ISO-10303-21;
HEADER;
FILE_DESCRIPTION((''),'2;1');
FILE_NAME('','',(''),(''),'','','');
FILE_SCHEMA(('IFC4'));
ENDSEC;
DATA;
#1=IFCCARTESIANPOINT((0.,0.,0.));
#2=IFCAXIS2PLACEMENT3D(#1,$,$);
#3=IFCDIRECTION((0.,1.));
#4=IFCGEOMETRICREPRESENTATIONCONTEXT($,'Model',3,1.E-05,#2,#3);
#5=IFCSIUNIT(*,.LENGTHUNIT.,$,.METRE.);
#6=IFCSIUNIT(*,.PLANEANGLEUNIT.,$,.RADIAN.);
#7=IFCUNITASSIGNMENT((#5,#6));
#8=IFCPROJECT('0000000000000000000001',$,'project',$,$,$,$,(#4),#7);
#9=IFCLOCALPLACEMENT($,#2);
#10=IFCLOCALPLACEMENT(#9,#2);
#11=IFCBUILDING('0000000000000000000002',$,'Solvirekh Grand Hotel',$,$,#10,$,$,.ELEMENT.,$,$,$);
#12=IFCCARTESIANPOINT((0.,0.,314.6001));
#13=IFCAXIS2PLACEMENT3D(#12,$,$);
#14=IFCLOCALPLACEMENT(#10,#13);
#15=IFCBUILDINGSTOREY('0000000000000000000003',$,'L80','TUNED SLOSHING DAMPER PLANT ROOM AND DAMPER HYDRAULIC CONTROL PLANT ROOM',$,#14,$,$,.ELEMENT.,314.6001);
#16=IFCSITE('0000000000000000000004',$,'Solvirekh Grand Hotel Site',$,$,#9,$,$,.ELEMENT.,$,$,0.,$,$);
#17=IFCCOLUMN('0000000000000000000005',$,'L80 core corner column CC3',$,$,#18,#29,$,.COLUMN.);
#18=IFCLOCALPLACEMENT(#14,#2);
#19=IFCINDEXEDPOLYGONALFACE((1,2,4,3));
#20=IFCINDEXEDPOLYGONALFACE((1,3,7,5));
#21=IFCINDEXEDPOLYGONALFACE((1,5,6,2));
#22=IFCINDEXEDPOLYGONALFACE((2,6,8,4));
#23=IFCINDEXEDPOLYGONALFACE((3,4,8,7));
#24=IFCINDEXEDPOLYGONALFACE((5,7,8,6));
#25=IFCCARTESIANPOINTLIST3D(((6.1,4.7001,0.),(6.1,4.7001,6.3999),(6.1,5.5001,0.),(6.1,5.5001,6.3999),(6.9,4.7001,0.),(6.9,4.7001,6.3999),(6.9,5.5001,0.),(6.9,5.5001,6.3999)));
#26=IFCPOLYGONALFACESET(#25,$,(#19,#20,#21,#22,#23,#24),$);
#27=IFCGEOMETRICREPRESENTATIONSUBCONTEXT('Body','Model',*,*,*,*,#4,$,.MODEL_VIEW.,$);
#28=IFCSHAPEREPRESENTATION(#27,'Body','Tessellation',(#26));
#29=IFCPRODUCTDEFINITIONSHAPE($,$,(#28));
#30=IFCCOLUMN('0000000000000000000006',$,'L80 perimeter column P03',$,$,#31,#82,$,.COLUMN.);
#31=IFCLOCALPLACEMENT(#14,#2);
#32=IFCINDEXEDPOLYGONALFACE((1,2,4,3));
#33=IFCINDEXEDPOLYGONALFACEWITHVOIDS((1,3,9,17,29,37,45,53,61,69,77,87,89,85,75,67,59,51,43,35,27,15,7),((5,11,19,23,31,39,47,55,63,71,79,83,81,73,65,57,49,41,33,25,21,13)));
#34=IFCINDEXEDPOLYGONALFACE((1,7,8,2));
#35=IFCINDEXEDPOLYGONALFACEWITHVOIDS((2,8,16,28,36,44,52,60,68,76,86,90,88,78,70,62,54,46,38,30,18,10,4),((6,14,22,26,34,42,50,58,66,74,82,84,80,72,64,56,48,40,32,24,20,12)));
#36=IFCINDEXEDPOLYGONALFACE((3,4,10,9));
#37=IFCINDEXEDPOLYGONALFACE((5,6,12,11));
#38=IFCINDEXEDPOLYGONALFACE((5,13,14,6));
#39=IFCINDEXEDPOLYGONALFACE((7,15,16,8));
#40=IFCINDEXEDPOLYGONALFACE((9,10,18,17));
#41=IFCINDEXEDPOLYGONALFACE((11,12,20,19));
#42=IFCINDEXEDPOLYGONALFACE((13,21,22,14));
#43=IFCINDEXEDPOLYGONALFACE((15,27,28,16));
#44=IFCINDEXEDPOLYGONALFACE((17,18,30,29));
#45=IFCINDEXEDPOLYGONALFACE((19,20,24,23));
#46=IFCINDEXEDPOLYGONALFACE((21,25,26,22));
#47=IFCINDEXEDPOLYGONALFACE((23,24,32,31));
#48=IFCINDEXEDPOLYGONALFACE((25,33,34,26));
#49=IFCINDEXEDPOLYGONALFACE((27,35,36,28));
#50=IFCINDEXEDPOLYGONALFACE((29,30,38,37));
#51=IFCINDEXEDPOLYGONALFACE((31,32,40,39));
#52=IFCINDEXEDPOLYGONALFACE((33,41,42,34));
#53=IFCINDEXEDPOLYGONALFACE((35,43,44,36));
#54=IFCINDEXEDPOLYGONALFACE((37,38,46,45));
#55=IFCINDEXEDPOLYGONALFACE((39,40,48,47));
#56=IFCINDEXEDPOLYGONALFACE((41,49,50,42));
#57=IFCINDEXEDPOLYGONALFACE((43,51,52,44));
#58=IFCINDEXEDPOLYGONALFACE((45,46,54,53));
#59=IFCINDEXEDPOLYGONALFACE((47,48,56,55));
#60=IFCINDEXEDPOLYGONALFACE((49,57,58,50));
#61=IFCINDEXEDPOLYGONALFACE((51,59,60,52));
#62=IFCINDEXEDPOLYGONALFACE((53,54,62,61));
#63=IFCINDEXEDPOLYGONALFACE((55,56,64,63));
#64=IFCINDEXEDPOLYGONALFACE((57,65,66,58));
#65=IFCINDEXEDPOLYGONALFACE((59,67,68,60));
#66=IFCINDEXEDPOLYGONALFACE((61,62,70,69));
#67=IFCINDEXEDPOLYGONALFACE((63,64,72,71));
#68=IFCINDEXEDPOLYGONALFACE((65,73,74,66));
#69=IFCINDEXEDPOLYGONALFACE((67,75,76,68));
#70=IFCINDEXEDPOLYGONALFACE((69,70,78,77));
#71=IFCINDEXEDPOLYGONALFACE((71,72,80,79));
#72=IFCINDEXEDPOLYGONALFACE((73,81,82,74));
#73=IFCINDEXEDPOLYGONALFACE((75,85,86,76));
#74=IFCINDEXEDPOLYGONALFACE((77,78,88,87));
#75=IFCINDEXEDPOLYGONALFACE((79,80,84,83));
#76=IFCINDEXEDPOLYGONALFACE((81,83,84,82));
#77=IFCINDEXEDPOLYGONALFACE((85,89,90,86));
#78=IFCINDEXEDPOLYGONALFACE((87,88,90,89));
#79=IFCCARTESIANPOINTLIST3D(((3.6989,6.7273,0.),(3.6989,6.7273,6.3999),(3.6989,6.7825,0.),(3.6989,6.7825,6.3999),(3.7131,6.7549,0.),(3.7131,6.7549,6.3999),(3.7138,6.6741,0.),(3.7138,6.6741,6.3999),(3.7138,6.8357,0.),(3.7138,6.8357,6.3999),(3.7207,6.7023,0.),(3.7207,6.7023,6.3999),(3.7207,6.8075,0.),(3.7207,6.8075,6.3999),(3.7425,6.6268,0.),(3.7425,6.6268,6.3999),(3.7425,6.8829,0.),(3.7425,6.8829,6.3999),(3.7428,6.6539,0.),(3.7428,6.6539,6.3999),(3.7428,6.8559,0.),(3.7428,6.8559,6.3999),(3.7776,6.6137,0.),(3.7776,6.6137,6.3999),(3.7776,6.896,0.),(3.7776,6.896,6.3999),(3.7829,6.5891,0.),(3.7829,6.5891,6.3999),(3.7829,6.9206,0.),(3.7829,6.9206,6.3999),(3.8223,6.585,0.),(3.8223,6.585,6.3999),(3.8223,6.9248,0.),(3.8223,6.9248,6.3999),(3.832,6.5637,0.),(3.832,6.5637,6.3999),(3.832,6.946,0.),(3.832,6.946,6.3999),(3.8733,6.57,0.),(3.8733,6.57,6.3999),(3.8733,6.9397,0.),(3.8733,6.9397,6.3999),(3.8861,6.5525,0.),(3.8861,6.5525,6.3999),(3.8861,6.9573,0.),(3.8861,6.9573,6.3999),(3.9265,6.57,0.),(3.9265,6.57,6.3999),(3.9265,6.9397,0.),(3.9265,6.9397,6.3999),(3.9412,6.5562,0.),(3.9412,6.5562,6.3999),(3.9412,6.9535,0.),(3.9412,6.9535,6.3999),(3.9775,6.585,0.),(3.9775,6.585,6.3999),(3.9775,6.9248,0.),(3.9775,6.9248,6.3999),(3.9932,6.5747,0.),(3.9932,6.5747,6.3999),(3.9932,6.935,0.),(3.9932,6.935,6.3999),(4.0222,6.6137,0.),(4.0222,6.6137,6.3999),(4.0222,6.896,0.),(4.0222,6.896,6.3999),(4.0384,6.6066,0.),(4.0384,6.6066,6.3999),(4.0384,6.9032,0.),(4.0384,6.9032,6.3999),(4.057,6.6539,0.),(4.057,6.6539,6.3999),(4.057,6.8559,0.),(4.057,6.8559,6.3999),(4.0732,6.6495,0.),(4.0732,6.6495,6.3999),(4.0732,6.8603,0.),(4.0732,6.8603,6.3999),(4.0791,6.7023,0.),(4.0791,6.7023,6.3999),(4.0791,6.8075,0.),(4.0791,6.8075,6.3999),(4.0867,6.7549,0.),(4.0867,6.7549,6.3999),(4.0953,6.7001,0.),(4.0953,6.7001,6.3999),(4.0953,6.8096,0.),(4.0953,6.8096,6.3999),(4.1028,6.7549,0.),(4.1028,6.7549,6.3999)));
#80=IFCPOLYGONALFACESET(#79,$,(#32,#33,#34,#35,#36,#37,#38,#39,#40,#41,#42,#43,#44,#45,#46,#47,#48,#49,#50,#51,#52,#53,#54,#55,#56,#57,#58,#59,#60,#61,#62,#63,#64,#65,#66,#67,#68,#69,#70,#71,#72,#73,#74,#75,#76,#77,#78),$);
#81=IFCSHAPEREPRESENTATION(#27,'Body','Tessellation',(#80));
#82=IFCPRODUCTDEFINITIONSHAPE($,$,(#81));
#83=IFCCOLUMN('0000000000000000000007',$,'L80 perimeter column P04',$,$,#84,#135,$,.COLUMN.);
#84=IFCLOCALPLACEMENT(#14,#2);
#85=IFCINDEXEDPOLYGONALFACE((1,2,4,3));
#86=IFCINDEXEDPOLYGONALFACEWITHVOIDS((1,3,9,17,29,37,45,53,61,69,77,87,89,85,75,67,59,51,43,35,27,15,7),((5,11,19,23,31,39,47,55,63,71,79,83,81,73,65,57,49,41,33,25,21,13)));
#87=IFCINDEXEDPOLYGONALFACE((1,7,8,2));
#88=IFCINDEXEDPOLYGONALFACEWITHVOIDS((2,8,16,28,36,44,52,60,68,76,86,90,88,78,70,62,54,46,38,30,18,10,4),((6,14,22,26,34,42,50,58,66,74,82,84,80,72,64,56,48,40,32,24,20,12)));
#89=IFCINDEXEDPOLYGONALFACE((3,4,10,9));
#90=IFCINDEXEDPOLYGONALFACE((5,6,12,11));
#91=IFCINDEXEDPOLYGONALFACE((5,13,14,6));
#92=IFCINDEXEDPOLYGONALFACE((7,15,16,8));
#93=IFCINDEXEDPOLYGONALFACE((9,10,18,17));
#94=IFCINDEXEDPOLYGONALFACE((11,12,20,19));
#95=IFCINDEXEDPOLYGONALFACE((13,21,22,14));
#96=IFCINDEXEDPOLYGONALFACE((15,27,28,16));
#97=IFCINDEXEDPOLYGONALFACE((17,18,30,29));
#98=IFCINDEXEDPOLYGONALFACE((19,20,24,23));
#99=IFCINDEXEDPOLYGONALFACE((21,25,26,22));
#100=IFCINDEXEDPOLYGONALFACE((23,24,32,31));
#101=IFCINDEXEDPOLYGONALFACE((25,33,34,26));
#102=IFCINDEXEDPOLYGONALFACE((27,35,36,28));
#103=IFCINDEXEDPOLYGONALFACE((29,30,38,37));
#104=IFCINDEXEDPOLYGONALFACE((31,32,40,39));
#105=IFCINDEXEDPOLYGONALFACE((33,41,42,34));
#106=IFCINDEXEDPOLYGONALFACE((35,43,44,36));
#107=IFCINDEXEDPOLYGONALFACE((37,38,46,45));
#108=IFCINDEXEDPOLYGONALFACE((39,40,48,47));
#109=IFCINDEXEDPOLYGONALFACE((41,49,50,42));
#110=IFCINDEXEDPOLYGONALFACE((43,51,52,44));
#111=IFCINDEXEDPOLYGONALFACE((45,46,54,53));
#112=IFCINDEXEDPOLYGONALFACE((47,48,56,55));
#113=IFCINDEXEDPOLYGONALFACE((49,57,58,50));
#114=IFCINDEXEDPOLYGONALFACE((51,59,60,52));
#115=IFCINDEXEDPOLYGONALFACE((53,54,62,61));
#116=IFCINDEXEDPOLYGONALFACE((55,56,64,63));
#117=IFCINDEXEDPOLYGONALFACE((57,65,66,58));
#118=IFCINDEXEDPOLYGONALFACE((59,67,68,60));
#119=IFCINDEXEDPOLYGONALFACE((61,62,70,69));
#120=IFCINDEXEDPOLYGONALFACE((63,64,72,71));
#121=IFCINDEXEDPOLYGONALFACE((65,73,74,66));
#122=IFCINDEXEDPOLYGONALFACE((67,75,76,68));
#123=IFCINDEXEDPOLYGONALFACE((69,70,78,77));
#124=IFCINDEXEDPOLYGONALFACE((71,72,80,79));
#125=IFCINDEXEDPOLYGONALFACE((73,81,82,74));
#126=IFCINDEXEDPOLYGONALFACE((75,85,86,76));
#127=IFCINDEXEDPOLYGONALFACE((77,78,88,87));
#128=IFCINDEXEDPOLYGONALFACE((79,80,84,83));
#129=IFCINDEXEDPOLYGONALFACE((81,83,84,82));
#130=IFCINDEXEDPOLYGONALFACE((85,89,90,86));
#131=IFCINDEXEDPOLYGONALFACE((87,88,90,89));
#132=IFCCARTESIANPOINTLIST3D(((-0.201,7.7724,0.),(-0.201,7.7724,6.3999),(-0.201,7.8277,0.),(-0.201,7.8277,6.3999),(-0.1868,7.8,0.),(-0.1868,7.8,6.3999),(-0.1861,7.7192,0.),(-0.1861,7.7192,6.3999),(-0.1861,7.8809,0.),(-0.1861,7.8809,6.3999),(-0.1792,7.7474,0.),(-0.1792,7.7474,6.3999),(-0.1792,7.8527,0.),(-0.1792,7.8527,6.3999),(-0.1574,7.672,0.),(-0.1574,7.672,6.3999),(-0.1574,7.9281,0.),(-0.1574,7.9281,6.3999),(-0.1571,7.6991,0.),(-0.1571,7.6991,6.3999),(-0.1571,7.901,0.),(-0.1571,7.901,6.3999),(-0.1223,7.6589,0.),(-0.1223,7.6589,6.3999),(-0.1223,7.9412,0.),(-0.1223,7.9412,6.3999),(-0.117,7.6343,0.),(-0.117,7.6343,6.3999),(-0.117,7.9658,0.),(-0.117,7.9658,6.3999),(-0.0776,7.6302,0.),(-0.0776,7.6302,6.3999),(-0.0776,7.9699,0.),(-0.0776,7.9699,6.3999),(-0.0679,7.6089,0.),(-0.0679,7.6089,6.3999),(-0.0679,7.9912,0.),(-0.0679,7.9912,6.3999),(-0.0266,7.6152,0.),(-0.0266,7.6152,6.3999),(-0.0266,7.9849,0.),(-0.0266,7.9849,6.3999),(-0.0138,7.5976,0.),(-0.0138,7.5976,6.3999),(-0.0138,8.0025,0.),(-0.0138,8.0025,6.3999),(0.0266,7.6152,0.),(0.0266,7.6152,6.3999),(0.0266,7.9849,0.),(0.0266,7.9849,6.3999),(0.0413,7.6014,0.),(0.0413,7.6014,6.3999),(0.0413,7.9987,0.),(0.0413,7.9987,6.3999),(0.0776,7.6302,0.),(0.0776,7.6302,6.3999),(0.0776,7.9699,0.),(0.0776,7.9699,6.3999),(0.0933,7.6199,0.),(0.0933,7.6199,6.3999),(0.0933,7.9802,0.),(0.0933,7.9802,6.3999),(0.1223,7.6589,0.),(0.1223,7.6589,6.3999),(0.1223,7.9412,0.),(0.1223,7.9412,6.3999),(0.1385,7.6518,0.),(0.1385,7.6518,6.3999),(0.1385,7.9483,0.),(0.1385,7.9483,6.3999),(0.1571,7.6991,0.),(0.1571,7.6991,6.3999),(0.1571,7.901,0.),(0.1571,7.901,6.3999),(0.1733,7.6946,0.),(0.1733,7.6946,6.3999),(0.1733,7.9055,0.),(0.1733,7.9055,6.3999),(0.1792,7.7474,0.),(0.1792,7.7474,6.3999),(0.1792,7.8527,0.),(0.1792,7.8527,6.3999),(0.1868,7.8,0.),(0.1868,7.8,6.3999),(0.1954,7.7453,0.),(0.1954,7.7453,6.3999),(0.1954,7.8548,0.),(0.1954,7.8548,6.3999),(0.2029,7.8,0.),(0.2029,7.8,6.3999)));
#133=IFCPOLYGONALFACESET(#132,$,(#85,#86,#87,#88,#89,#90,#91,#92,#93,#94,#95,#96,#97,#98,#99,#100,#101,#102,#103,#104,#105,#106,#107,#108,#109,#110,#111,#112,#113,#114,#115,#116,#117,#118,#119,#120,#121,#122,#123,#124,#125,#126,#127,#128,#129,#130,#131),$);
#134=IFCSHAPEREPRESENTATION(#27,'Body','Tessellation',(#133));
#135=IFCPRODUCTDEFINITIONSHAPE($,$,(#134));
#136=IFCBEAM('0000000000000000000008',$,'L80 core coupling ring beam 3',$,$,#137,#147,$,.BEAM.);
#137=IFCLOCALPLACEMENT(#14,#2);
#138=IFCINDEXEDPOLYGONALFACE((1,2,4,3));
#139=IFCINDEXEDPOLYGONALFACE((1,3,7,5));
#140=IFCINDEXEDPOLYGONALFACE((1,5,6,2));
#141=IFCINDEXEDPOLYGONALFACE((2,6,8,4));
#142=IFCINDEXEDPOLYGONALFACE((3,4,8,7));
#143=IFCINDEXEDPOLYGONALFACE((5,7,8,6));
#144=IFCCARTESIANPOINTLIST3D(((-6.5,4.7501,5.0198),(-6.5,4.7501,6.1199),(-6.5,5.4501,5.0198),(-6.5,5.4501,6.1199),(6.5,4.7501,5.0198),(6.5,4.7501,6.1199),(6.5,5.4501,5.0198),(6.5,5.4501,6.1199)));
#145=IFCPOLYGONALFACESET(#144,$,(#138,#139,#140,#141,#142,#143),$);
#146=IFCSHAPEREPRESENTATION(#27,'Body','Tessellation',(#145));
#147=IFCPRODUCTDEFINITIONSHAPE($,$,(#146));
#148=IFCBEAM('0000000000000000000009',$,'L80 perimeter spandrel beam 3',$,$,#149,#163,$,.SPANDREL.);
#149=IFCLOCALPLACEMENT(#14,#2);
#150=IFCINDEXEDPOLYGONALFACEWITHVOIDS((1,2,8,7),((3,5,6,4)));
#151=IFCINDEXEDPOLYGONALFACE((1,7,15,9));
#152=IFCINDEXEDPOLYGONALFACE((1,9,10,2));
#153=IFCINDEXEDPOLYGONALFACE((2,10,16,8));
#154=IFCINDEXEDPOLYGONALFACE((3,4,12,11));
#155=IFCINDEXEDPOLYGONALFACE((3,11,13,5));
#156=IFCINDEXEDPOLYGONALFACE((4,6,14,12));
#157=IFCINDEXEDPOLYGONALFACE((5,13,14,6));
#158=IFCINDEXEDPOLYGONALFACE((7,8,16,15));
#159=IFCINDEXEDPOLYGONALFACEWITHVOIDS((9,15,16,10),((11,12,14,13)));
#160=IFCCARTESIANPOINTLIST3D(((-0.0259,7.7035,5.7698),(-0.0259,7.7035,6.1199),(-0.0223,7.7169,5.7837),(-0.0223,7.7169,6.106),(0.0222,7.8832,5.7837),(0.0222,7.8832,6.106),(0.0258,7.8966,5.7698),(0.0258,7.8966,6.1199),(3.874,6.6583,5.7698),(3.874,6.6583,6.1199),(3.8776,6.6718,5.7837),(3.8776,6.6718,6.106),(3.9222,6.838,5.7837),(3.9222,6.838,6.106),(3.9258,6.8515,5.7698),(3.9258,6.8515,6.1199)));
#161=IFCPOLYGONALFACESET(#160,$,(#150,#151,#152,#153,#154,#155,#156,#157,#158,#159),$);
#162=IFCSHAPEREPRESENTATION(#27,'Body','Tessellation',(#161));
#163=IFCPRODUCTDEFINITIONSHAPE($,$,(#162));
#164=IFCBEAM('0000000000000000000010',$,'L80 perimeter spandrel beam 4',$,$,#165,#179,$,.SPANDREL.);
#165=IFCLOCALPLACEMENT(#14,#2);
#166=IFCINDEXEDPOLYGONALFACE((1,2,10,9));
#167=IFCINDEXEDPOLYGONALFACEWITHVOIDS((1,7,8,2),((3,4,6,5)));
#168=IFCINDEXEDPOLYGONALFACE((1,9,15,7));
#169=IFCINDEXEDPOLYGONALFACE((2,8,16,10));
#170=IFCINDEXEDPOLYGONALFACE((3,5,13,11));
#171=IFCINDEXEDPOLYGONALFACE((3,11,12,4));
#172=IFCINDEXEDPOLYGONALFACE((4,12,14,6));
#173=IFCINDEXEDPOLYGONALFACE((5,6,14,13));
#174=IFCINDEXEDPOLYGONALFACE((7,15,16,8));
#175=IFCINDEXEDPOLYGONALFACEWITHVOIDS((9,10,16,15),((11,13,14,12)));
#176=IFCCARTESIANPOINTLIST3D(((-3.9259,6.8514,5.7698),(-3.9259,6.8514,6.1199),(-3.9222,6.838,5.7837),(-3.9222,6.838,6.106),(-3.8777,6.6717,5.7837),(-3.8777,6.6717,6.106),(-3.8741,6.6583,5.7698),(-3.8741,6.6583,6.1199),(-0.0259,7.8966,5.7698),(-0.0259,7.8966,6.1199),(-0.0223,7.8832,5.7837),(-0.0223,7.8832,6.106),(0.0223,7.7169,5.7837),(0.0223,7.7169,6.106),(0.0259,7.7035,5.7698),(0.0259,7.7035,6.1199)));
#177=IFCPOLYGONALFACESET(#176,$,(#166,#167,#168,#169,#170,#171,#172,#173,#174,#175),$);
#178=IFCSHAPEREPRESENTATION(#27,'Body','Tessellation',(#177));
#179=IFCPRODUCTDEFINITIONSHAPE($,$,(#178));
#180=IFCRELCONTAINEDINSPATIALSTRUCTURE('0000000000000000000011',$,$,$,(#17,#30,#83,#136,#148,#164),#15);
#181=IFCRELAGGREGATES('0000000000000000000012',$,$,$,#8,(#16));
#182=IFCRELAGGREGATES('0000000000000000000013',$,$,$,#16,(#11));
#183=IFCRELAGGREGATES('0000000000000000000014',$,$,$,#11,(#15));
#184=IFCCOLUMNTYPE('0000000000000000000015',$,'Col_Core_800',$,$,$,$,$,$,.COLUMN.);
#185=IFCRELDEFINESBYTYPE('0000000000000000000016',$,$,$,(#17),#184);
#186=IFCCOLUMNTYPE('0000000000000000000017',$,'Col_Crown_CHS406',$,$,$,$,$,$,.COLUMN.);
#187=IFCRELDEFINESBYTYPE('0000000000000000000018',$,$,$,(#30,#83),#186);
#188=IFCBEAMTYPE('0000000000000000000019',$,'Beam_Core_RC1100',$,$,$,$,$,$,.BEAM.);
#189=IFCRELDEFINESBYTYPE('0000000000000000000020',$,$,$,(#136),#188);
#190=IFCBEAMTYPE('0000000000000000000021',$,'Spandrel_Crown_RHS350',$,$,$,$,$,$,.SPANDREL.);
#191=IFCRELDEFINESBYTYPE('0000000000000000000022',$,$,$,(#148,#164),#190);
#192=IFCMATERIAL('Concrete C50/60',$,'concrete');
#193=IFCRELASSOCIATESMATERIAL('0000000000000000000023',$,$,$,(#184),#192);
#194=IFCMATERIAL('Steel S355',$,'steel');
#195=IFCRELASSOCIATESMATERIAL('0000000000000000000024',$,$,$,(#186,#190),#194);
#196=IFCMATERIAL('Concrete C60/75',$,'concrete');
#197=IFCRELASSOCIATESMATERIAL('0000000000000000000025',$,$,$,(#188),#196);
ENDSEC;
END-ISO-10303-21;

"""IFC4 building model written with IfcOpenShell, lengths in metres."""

from ifc_helpers import new_model, si_unit, direction, frame, origin, origin_2d, place, context, subcontext, project, spatial, rectangle, hollow_rectangle, hollow_circle, extrude, material, material_profile, profile_set, type_object, element, save


model = new_model("IFC4")

# Units and contexts
model_context = context("Model", 3, precision=1e-05, world=origin(), true_north=direction((0.0, 1.0)))
body_context = subcontext(model_context, "Body", "Model", "MODEL_VIEW")
ifc_project = project(units=[si_unit("LENGTHUNIT", "METRE"), si_unit("PLANEANGLEUNIT", "RADIAN")], contexts=[model_context])

# Site, building, storey
site_placement = place(None, origin())
site = spatial("IfcSite", under=ifc_project, at=site_placement, Name="Solvirekh Grand Hotel Site", CompositionType="ELEMENT", RefElevation=0.0)
building_placement = place(site_placement, origin())
building = spatial("IfcBuilding", under=site, at=building_placement, Name="Solvirekh Grand Hotel", CompositionType="ELEMENT")
storey_placement = place(building_placement, frame((0.0, 0.0, 314.6001)))
storey = spatial("IfcBuildingStorey", under=building, at=storey_placement, Name="L80", Description="TUNED SLOSHING DAMPER PLANT ROOM AND DAMPER HYDRAULIC CONTROL PLANT ROOM", CompositionType="ELEMENT", Elevation=314.6001)

# Columns
ifc_material_1 = material(Name="Concrete C50/60", Category="concrete")
ifc_material_profile_1 = material_profile(ifc_material_1, rectangle(XDim=0.8, YDim=0.8, at=origin_2d()), Name="RC 800X800")
ifc_profile_set_1 = profile_set([ifc_material_profile_1], Name="Concrete C50/60")
column_type_1 = type_object("IfcColumnType", Name="Col_Core_800", PredefinedType="COLUMN", material=ifc_profile_set_1)
column_placement = place(storey_placement, frame((6.5, 5.1001, 0.0), z_axis=(0.0, 0.0, 1.0), x_axis=(1.0, 0.0, 0.0)))
element("IfcColumn", 1, at=column_placement, inside=storey, type_object=column_type_1, Name="L80 core corner column CC3", PredefinedType="COLUMN", context=body_context, shape_type="SweptSolid", body=[
    extrude(rectangle(XDim=0.8, YDim=0.8, at=origin_2d()), origin(), (0.0, 0.0, 1.0), 6.3999),
])
ifc_material_2 = material(Name="Steel S355", Category="steel")
ifc_material_profile_2 = material_profile(ifc_material_2, hollow_circle(Radius=0.2029, WallThickness=0.0161, at=origin_2d()), Name="CHS 406X16")
ifc_profile_set_2 = profile_set([ifc_material_profile_2], Name="Steel S355")
column_type_2 = type_object("IfcColumnType", Name="Col_Crown_CHS406", PredefinedType="COLUMN", material=ifc_profile_set_2)
for number, where, z_axis, x_axis, name in (
    (2, (3.8999, 6.7549, 0.0), (0.0, 0.0, 1.0), (1.0, 0.0, 0.0), "L80 perimeter column P03"),
    (3, (0.0, 7.8, 0.0), (0.0, 0.0, 1.0), (1.0, 0.0, 0.0), "L80 perimeter column P04"),
):
    element("IfcColumn", number, at=place(storey_placement, frame(where, z_axis=z_axis, x_axis=x_axis)), inside=storey, type_object=column_type_2, Name=name, PredefinedType="COLUMN", context=body_context, shape_type="SweptSolid", body=[
        extrude(hollow_circle(Radius=0.2029, WallThickness=0.0161, at=origin_2d()), origin(), (0.0, 0.0, 1.0), 6.3999),
    ])

# Beams
ifc_material_3 = material(Name="Concrete C60/75", Category="concrete")
ifc_material_profile_3 = material_profile(ifc_material_3, rectangle(XDim=0.7, YDim=1.1001, at=origin_2d()), Name="RC BEAM 700X1100")
ifc_profile_set_3 = profile_set([ifc_material_profile_3], Name="Concrete C60/75")
beam_type_1 = type_object("IfcBeamType", Name="Beam_Core_RC1100", PredefinedType="BEAM", material=ifc_profile_set_3)
beam_placement = place(storey_placement, frame((6.5, 5.1001, 5.5698), z_axis=(-1.0, 0.0, 0.0), x_axis=(0.0, -1.0, 0.0)))
element("IfcBeam", 4, at=beam_placement, inside=storey, type_object=beam_type_1, Name="L80 core coupling ring beam 3", PredefinedType="BEAM", context=body_context, shape_type="SweptSolid", body=[
    extrude(rectangle(XDim=0.7, YDim=1.1001, at=origin_2d()), origin(), (0.0, 0.0, 1.0), 13.0),
])
ifc_material_profile_4 = material_profile(ifc_material_2, hollow_rectangle(XDim=0.2, YDim=0.3501, WallThickness=0.0139, at=origin_2d()), Name="RHS 350X200X14")
ifc_profile_set_4 = profile_set([ifc_material_profile_4], Name="Steel S355")
beam_type_2 = type_object("IfcBeamType", Name="Spandrel_Crown_RHS350", PredefinedType="SPANDREL", material=ifc_profile_set_4)
for number, where, z_axis, x_axis, name in (
    (5, (3.8999, 6.7549, 5.9448), (-0.965914, 0.258863, 0.0), (-0.258863, -0.965914, 0.0), "L80 perimeter spandrel beam 3"),
    (6, (0.0, 7.8, 5.9448), (-0.965914, -0.258863, 0.0), (0.258863, -0.965914, 0.0), "L80 perimeter spandrel beam 4"),
):
    element("IfcBeam", number, at=place(storey_placement, frame(where, z_axis=z_axis, x_axis=x_axis)), inside=storey, type_object=beam_type_2, Name=name, PredefinedType="SPANDREL", context=body_context, shape_type="SweptSolid", body=[
        extrude(hollow_rectangle(XDim=0.2, YDim=0.3501, WallThickness=0.0139, at=origin_2d()), origin(), (0.0, 0.0, 1.0), 4.0376),
    ])

save(model, "model.ifc")
